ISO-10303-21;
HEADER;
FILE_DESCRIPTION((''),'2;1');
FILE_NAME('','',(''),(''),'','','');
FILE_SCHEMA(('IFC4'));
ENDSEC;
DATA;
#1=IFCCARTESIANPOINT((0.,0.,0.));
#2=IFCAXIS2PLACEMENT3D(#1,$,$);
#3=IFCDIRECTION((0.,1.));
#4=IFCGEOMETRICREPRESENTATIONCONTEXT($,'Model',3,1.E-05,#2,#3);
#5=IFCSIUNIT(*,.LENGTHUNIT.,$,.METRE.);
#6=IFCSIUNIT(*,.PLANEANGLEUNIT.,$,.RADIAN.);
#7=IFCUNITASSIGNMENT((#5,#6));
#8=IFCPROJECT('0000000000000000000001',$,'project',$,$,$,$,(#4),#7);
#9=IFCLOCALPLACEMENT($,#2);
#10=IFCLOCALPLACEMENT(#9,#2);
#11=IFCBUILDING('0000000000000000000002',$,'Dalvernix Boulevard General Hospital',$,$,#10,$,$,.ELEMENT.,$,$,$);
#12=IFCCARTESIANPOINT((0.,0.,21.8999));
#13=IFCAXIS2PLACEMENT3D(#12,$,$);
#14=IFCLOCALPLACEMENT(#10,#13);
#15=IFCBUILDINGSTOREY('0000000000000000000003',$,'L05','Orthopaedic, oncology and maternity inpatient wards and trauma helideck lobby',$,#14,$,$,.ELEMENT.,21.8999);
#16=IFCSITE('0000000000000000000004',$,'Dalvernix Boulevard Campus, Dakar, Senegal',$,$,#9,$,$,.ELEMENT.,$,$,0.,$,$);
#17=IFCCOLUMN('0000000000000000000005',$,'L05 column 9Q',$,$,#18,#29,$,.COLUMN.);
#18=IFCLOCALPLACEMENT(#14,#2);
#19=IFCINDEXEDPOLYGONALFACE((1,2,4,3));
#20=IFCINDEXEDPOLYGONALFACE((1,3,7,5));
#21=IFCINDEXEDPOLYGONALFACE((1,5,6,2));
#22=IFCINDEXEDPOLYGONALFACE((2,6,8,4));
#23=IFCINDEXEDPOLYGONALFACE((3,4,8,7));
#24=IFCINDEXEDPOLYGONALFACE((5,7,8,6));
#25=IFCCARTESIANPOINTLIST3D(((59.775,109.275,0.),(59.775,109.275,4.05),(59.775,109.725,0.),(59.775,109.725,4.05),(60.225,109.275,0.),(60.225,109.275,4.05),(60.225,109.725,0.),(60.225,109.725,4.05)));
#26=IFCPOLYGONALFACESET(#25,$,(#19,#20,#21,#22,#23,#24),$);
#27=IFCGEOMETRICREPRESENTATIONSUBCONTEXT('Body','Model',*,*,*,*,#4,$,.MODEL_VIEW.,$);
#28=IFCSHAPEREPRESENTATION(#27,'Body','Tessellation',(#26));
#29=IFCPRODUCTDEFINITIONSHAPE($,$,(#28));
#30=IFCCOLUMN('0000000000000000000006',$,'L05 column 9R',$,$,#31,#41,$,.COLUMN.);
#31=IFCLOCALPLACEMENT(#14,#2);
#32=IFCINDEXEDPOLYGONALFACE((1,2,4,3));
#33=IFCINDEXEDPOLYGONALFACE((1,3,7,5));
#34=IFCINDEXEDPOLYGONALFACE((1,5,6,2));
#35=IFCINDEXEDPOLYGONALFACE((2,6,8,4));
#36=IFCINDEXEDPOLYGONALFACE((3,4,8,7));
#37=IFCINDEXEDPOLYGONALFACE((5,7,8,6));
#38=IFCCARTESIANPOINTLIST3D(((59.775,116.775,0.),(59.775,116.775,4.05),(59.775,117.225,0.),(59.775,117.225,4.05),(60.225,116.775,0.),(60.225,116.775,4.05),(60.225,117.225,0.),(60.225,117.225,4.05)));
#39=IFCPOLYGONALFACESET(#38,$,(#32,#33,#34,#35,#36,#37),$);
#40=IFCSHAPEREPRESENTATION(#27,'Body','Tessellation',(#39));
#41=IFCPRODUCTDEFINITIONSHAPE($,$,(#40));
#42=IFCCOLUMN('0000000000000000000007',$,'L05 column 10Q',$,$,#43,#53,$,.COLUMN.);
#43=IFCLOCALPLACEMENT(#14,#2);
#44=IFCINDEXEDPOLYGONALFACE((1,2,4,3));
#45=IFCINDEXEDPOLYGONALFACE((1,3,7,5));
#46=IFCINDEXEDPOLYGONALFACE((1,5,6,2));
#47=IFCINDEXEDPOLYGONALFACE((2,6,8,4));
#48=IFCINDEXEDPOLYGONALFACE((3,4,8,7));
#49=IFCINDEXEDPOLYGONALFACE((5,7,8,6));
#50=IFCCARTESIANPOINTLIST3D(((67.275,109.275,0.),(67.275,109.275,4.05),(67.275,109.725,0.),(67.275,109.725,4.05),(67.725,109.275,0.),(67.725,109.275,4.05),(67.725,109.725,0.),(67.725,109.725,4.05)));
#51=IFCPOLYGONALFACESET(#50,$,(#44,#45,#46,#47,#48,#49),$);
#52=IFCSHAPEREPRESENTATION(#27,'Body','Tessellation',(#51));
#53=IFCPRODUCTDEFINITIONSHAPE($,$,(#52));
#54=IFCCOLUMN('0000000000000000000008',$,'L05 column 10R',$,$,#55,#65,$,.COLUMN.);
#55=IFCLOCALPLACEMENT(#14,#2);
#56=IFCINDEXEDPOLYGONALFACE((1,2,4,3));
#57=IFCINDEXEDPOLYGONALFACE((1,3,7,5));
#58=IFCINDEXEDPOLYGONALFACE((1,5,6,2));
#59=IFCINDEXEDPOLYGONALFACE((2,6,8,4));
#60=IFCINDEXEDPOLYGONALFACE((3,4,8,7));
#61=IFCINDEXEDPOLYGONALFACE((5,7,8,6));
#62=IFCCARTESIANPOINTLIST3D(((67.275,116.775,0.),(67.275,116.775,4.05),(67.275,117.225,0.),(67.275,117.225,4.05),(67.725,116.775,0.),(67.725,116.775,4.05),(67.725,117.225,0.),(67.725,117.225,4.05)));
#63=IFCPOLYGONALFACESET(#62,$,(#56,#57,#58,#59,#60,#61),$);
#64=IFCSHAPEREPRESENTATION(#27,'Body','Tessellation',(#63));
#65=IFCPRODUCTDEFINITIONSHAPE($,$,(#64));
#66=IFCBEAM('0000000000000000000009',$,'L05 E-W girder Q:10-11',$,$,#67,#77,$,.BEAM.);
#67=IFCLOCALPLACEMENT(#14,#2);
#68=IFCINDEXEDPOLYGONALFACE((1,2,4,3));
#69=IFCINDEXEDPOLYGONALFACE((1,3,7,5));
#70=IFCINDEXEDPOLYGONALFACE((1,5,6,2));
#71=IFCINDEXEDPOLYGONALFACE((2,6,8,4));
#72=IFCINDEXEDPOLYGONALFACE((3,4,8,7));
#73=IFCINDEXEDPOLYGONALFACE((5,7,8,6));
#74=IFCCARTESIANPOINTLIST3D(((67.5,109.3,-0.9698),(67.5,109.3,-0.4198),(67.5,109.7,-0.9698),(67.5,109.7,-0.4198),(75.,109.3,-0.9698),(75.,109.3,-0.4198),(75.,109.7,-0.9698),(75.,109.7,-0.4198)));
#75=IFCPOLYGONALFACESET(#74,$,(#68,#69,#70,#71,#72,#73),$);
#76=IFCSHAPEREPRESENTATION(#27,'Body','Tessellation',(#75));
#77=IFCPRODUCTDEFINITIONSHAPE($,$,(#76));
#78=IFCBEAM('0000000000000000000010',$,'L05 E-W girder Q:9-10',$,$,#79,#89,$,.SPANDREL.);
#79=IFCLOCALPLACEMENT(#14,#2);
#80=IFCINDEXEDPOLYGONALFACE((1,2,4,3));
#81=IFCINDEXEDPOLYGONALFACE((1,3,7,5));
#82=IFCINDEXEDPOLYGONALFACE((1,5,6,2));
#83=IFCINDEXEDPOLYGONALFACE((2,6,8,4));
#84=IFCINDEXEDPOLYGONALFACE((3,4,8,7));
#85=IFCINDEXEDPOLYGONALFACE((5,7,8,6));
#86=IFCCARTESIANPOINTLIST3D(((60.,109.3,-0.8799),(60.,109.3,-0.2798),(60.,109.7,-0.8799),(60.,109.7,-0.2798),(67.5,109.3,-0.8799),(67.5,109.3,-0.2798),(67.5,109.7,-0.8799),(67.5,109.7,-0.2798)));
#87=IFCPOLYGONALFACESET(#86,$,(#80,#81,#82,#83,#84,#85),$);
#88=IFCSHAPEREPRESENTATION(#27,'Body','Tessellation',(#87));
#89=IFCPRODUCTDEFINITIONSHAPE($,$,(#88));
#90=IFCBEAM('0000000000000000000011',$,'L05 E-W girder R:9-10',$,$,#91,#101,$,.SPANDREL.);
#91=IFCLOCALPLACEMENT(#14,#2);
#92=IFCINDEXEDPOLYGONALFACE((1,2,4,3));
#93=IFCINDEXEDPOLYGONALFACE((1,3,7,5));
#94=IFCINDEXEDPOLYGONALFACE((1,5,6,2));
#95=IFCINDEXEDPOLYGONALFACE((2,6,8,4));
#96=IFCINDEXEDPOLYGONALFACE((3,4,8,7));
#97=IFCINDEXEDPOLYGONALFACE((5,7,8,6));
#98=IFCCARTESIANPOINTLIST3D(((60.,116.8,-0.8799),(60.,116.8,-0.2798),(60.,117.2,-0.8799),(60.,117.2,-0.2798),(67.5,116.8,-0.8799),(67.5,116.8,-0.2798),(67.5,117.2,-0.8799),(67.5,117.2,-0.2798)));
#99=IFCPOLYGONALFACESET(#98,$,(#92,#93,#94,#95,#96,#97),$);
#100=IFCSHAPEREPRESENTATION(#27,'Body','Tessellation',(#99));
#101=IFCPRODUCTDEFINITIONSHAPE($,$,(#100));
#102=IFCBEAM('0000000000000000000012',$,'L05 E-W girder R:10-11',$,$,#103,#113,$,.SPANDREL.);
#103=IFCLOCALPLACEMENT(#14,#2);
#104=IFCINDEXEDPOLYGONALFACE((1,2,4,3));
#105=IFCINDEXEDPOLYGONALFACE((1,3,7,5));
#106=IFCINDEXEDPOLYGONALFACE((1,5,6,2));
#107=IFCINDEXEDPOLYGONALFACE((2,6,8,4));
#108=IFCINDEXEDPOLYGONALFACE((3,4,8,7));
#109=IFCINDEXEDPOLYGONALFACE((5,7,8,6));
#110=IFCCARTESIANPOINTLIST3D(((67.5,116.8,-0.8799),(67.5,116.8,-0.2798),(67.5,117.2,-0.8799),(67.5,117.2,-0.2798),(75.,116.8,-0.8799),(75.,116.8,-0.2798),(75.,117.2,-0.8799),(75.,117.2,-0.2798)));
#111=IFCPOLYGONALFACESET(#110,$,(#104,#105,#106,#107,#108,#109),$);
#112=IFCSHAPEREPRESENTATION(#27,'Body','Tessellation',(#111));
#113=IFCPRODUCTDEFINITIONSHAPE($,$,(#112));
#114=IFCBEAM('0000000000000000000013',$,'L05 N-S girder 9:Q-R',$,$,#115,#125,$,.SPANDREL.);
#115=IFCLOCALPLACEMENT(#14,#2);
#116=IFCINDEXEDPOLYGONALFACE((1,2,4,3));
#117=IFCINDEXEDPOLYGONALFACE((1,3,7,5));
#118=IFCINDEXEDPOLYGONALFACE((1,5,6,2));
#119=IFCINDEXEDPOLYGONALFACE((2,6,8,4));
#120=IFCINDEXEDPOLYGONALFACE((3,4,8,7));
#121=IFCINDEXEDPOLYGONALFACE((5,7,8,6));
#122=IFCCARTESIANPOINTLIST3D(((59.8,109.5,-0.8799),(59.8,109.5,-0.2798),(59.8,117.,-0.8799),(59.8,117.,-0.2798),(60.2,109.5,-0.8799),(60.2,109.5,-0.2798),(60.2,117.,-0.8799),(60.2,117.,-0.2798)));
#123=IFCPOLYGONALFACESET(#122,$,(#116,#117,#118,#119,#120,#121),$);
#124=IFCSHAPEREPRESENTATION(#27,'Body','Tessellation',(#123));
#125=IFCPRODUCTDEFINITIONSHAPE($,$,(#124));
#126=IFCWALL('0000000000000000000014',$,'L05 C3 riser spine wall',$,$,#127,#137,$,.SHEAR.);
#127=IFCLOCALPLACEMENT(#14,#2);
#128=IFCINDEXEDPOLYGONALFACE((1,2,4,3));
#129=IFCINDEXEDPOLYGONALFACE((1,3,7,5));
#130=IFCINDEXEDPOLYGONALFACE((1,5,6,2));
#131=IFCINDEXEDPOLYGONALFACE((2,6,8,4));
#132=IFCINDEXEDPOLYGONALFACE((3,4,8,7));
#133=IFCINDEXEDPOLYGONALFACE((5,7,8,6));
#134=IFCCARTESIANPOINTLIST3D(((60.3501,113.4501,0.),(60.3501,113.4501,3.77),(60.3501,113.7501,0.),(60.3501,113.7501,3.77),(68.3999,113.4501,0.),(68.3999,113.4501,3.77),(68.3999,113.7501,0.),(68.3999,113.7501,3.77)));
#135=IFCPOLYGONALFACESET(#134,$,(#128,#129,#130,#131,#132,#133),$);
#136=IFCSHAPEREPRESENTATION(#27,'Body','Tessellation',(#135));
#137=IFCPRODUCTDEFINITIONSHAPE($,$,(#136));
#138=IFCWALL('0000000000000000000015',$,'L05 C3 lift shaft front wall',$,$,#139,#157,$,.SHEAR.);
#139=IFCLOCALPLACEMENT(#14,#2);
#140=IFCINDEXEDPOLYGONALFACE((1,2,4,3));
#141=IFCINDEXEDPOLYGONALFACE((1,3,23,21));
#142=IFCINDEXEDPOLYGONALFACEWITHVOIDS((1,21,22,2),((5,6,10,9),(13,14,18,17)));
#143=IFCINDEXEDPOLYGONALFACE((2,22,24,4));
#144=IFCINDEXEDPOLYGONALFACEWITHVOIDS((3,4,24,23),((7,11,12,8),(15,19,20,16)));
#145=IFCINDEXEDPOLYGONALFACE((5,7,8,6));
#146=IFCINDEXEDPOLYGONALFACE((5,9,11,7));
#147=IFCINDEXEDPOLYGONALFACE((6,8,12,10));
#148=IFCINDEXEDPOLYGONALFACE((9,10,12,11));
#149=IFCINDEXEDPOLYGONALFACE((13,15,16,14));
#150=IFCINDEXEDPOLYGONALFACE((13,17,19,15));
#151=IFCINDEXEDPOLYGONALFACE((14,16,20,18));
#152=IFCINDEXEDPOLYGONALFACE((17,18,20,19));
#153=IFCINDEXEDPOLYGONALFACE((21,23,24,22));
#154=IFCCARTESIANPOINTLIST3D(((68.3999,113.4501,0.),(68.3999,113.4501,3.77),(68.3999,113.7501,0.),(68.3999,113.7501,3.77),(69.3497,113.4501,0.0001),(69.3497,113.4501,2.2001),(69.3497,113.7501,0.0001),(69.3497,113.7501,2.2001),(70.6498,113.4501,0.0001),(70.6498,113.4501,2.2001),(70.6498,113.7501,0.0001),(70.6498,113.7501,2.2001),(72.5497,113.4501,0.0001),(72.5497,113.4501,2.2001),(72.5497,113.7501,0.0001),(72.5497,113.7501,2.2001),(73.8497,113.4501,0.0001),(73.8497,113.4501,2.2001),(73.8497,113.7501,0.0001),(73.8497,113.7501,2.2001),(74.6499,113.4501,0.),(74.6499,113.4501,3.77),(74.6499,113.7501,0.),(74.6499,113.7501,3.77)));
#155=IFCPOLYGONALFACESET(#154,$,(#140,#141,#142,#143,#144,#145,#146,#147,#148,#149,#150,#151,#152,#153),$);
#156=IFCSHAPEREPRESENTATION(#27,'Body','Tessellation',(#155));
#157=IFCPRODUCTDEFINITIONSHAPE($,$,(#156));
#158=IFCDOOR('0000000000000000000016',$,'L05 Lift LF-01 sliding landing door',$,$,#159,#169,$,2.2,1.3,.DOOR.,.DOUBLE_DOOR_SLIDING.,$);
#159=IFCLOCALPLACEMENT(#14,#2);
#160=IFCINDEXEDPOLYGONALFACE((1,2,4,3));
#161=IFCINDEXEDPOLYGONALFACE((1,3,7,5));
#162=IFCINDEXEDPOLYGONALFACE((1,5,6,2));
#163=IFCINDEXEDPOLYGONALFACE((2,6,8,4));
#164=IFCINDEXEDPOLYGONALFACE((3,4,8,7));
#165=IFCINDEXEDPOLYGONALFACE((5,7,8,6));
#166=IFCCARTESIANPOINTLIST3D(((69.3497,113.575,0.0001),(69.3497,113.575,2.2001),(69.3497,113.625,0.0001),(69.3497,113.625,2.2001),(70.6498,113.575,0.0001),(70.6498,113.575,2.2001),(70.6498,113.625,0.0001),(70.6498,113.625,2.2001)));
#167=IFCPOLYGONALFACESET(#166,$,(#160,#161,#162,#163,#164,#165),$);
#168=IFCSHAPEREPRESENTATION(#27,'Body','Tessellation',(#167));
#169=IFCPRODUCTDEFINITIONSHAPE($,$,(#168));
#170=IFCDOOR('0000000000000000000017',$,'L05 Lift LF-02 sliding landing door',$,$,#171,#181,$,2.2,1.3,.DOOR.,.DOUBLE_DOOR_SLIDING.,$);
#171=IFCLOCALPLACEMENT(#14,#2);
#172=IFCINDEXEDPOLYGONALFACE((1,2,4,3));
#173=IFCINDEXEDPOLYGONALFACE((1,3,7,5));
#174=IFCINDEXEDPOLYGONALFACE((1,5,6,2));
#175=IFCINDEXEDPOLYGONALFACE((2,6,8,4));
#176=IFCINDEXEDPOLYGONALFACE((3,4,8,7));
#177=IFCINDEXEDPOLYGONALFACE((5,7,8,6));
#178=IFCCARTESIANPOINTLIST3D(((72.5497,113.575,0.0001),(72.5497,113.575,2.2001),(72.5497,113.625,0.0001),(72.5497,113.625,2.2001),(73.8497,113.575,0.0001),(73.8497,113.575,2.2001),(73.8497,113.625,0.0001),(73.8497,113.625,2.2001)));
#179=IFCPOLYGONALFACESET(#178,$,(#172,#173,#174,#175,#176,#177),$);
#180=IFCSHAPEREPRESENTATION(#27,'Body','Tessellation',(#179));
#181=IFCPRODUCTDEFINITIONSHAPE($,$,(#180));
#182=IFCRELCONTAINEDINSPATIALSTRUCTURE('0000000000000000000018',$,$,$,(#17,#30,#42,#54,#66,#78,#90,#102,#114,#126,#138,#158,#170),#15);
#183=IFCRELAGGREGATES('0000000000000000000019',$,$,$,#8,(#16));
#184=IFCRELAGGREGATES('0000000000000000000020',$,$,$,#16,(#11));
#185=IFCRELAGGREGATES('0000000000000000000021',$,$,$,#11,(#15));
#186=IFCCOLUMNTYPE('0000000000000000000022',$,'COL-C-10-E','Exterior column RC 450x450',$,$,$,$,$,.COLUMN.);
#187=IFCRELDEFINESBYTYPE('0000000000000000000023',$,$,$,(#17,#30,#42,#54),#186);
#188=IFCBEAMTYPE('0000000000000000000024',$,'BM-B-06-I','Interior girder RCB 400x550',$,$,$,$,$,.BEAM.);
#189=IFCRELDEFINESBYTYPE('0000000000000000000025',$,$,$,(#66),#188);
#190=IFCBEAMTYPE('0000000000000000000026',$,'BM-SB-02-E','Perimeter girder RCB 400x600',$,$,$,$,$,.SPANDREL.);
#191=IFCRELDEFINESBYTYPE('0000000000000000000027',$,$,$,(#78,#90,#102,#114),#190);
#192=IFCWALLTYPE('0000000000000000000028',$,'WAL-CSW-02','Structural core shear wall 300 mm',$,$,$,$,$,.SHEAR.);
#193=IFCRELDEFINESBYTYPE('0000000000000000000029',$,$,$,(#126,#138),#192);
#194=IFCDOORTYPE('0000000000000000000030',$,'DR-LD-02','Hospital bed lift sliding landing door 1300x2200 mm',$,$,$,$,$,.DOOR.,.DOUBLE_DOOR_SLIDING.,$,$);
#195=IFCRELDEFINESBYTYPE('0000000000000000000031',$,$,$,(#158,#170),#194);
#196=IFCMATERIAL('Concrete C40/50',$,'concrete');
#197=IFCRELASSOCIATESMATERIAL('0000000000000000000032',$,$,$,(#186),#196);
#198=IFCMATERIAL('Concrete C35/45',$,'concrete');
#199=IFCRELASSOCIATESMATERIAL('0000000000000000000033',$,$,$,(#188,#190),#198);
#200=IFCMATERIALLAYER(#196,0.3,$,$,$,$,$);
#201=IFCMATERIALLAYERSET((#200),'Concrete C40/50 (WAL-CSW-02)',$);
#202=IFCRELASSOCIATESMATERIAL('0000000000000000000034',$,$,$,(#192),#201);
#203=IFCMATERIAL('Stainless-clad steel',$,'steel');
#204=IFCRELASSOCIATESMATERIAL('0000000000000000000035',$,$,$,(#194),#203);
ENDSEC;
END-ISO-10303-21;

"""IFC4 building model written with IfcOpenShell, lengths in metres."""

from ifc_helpers import new_model, si_unit, direction, frame, frame_2d, origin, origin_2d, place, context, subcontext, project, spatial, rectangle, extrude, material, layer, layer_set, material_profile, profile_set, type_object, element, fill, save


model = new_model("IFC4")

# Units and contexts
model_context = context("Model", 3, precision=1e-05, world=origin(), true_north=direction((0.0, 1.0)))
body_context = subcontext(model_context, "Body", "Model", "MODEL_VIEW")
ifc_project = project(units=[si_unit("LENGTHUNIT", "METRE"), si_unit("PLANEANGLEUNIT", "RADIAN")], contexts=[model_context])

# Site, building, storey
site_placement = place(None, origin())
site = spatial("IfcSite", under=ifc_project, at=site_placement, Name="Dalvernix Boulevard Campus, Dakar, Senegal", CompositionType="ELEMENT", RefElevation=0.0)
building_placement = place(site_placement, origin())
building = spatial("IfcBuilding", under=site, at=building_placement, Name="Dalvernix Boulevard General Hospital", CompositionType="ELEMENT")
storey_placement = place(building_placement, frame((0.0, 0.0, 21.8999)))
storey = spatial("IfcBuildingStorey", under=building, at=storey_placement, Name="L05", Description="Orthopaedic, oncology and maternity inpatient wards and trauma helideck lobby", CompositionType="ELEMENT", Elevation=21.8999)

# Columns
ifc_material_1 = material(Name="Concrete C40/50", Category="concrete")
ifc_material_profile_1 = material_profile(ifc_material_1, rectangle(XDim=0.45, YDim=0.45, at=origin_2d()), Name="RC 450x450")
ifc_profile_set_1 = profile_set([ifc_material_profile_1], Name="Concrete C40/50")
column_type = type_object("IfcColumnType", Name="COL-C-10-E", Description="Exterior column RC 450x450", PredefinedType="COLUMN", material=ifc_profile_set_1)
for number, where, z_axis, x_axis, name in (
    (1, (60.0, 109.5, 0.0), (0.0, 0.0, 1.0), (1.0, 0.0, 0.0), "L05 column 9Q"),
    (2, (60.0, 117.0, 0.0), (0.0, 0.0, 1.0), (1.0, 0.0, 0.0), "L05 column 9R"),
    (3, (67.5, 109.5, 0.0), (0.0, 0.0, 1.0), (1.0, 0.0, 0.0), "L05 column 10Q"),
    (4, (67.5, 117.0, 0.0), (0.0, 0.0, 1.0), (1.0, 0.0, 0.0), "L05 column 10R"),
):
    element("IfcColumn", number, at=place(storey_placement, frame(where, z_axis=z_axis, x_axis=x_axis)), inside=storey, type_object=column_type, Name=name, PredefinedType="COLUMN", context=body_context, shape_type="SweptSolid", body=[
        extrude(rectangle(XDim=0.45, YDim=0.45, at=origin_2d()), origin(), (0.0, 0.0, 1.0), 4.05),
    ])

# Beams
ifc_material_2 = material(Name="Concrete C35/45", Category="concrete")
ifc_material_profile_2 = material_profile(ifc_material_2, rectangle(XDim=0.3999, YDim=0.55, at=origin_2d()), Name="RCB 400x550")
ifc_profile_set_2 = profile_set([ifc_material_profile_2], Name="Concrete C35/45")
beam_type_1 = type_object("IfcBeamType", Name="BM-B-06-I", Description="Interior girder RCB 400x550", PredefinedType="BEAM", material=ifc_profile_set_2)
beam_placement = place(storey_placement, frame((67.5, 109.5, -0.6948), z_axis=(1.0, 0.0, 0.0), x_axis=(0.0, 1.0, 0.0)))
element("IfcBeam", 5, at=beam_placement, inside=storey, type_object=beam_type_1, Name="L05 E-W girder Q:10-11", PredefinedType="BEAM", context=body_context, shape_type="SweptSolid", body=[
    extrude(rectangle(XDim=0.3999, YDim=0.55, at=origin_2d()), origin(), (0.0, 0.0, 1.0), 7.5),
])
ifc_material_profile_3 = material_profile(ifc_material_2, rectangle(XDim=0.3999, YDim=0.6001, at=origin_2d()), Name="RCB 400x600")
ifc_profile_set_3 = profile_set([ifc_material_profile_3], Name="Concrete C35/45")
beam_type_2 = type_object("IfcBeamType", Name="BM-SB-02-E", Description="Perimeter girder RCB 400x600", PredefinedType="SPANDREL", material=ifc_profile_set_3)
for number, where, z_axis, x_axis, name in (
    (6, (60.0, 109.5, -0.5798), (1.0, 0.0, 0.0), (0.0, 1.0, 0.0), "L05 E-W girder Q:9-10"),
    (7, (60.0, 117.0, -0.5798), (1.0, 0.0, 0.0), (0.0, 1.0, 0.0), "L05 E-W girder R:9-10"),
    (8, (67.5, 117.0, -0.5798), (1.0, 0.0, 0.0), (0.0, 1.0, 0.0), "L05 E-W girder R:10-11"),
    (9, (60.0, 109.5, -0.5798), (0.0, 1.0, 0.0), (-1.0, 0.0, 0.0), "L05 N-S girder 9:Q-R"),
):
    element("IfcBeam", number, at=place(storey_placement, frame(where, z_axis=z_axis, x_axis=x_axis)), inside=storey, type_object=beam_type_2, Name=name, PredefinedType="SPANDREL", context=body_context, shape_type="SweptSolid", body=[
        extrude(rectangle(XDim=0.3999, YDim=0.6001, at=origin_2d()), origin(), (0.0, 0.0, 1.0), 7.5),
    ])

# Wall
ifc_layer_1 = layer(ifc_material_1, 0.3)
ifc_layer_set_1 = layer_set([ifc_layer_1], Name="Concrete C40/50 (WAL-CSW-02)")
wall_type_1 = type_object("IfcWallType", Name="WAL-CSW-02", Description="Structural core shear wall 300 mm", PredefinedType="SHEAR", material=ifc_layer_set_1)
wall_1_placement = place(storey_placement, frame((60.3501, 113.6001, 0.0), z_axis=(0.0, 0.0, 1.0), x_axis=(1.0, 0.0, 0.0)))
element("IfcWall", 10, at=wall_1_placement, inside=storey, type_object=wall_type_1, Name="L05 C3 riser spine wall", PredefinedType="SHEAR", context=body_context, shape_type="SweptSolid", body=[
    extrude(rectangle(XDim=8.0498, YDim=0.3, at=frame_2d((4.0249, 0.0))), origin(), (0.0, 0.0, 1.0), 3.77),
])

# Wall, openings, doors
wall_2_placement = place(storey_placement, frame((68.3999, 113.6001, 0.0), z_axis=(0.0, 0.0, 1.0), x_axis=(1.0, 0.0, 0.0)))
wall_2 = element("IfcWall", 11, at=wall_2_placement, inside=storey, type_object=wall_type_1, Name="L05 C3 lift shaft front wall", PredefinedType="SHEAR", context=body_context, shape_type="SweptSolid", body=[
    extrude(rectangle(XDim=6.25, YDim=0.3, at=frame_2d((3.125, 0.0))), origin(), (0.0, 0.0, 1.0), 3.77),
])
opening_1_placement = place(wall_2_placement, frame((0.95, 0.0, 0.0)))
opening_1 = element("IfcOpeningElement", 12, at=opening_1_placement, cuts=wall_2, PredefinedType="OPENING", context=body_context, shape_type="SweptSolid", body=[
    extrude(rectangle(XDim=1.3, YDim=2.2, at=frame_2d((0.6499, 1.1001))), frame((0.0, 0.1599, 0.0), z_axis=(0.0, -1.0, 0.0), x_axis=(1.0, 0.0, 0.0)), (0.0, 0.0, 1.0), 0.3201),
])
opening_2_placement = place(wall_2_placement, frame((4.1499, 0.0, 0.0)))
opening_2 = element("IfcOpeningElement", 13, at=opening_2_placement, cuts=wall_2, PredefinedType="OPENING", context=body_context, shape_type="SweptSolid", body=[
    extrude(rectangle(XDim=1.3, YDim=2.2, at=frame_2d((0.6499, 1.1001))), frame((0.0, 0.1599, 0.0), z_axis=(0.0, -1.0, 0.0), x_axis=(1.0, 0.0, 0.0)), (0.0, 0.0, 1.0), 0.3201),
])
ifc_material_3 = material(Name="Stainless-clad steel", Category="steel")
door_type_1 = type_object("IfcDoorType", Name="DR-LD-02", Description="Hospital bed lift sliding landing door 1300x2200 mm", OperationType="DOUBLE_DOOR_SLIDING", PredefinedType="DOOR", material=ifc_material_3)
door_1_placement = place(opening_1_placement, origin())
door_1 = element("IfcDoor", 14, at=door_1_placement, inside=storey, type_object=door_type_1, Name="L05 Lift LF-01 sliding landing door", OperationType="DOUBLE_DOOR_SLIDING", OverallHeight=2.2, OverallWidth=1.3, PredefinedType="DOOR", context=body_context, shape_type="SweptSolid", body=[
    extrude(rectangle(XDim=1.3, YDim=2.2, at=frame_2d((0.6499, 1.1001))), frame((0.0, 0.0249, 0.0), z_axis=(0.0, -1.0, 0.0), x_axis=(1.0, 0.0, 0.0)), (0.0, 0.0, 1.0), 0.05),
])
fill(opening_1, door_1)
door_2_placement = place(opening_2_placement, origin())
door_2 = element("IfcDoor", 15, at=door_2_placement, inside=storey, type_object=door_type_1, Name="L05 Lift LF-02 sliding landing door", OperationType="DOUBLE_DOOR_SLIDING", OverallHeight=2.2, OverallWidth=1.3, PredefinedType="DOOR", context=body_context, shape_type="SweptSolid", body=[
    extrude(rectangle(XDim=1.3, YDim=2.2, at=frame_2d((0.6499, 1.1001))), frame((0.0, 0.0249, 0.0), z_axis=(0.0, -1.0, 0.0), x_axis=(1.0, 0.0, 0.0)), (0.0, 0.0, 1.0), 0.05),
])
fill(opening_2, door_2)

save(model, "model.ifc")
